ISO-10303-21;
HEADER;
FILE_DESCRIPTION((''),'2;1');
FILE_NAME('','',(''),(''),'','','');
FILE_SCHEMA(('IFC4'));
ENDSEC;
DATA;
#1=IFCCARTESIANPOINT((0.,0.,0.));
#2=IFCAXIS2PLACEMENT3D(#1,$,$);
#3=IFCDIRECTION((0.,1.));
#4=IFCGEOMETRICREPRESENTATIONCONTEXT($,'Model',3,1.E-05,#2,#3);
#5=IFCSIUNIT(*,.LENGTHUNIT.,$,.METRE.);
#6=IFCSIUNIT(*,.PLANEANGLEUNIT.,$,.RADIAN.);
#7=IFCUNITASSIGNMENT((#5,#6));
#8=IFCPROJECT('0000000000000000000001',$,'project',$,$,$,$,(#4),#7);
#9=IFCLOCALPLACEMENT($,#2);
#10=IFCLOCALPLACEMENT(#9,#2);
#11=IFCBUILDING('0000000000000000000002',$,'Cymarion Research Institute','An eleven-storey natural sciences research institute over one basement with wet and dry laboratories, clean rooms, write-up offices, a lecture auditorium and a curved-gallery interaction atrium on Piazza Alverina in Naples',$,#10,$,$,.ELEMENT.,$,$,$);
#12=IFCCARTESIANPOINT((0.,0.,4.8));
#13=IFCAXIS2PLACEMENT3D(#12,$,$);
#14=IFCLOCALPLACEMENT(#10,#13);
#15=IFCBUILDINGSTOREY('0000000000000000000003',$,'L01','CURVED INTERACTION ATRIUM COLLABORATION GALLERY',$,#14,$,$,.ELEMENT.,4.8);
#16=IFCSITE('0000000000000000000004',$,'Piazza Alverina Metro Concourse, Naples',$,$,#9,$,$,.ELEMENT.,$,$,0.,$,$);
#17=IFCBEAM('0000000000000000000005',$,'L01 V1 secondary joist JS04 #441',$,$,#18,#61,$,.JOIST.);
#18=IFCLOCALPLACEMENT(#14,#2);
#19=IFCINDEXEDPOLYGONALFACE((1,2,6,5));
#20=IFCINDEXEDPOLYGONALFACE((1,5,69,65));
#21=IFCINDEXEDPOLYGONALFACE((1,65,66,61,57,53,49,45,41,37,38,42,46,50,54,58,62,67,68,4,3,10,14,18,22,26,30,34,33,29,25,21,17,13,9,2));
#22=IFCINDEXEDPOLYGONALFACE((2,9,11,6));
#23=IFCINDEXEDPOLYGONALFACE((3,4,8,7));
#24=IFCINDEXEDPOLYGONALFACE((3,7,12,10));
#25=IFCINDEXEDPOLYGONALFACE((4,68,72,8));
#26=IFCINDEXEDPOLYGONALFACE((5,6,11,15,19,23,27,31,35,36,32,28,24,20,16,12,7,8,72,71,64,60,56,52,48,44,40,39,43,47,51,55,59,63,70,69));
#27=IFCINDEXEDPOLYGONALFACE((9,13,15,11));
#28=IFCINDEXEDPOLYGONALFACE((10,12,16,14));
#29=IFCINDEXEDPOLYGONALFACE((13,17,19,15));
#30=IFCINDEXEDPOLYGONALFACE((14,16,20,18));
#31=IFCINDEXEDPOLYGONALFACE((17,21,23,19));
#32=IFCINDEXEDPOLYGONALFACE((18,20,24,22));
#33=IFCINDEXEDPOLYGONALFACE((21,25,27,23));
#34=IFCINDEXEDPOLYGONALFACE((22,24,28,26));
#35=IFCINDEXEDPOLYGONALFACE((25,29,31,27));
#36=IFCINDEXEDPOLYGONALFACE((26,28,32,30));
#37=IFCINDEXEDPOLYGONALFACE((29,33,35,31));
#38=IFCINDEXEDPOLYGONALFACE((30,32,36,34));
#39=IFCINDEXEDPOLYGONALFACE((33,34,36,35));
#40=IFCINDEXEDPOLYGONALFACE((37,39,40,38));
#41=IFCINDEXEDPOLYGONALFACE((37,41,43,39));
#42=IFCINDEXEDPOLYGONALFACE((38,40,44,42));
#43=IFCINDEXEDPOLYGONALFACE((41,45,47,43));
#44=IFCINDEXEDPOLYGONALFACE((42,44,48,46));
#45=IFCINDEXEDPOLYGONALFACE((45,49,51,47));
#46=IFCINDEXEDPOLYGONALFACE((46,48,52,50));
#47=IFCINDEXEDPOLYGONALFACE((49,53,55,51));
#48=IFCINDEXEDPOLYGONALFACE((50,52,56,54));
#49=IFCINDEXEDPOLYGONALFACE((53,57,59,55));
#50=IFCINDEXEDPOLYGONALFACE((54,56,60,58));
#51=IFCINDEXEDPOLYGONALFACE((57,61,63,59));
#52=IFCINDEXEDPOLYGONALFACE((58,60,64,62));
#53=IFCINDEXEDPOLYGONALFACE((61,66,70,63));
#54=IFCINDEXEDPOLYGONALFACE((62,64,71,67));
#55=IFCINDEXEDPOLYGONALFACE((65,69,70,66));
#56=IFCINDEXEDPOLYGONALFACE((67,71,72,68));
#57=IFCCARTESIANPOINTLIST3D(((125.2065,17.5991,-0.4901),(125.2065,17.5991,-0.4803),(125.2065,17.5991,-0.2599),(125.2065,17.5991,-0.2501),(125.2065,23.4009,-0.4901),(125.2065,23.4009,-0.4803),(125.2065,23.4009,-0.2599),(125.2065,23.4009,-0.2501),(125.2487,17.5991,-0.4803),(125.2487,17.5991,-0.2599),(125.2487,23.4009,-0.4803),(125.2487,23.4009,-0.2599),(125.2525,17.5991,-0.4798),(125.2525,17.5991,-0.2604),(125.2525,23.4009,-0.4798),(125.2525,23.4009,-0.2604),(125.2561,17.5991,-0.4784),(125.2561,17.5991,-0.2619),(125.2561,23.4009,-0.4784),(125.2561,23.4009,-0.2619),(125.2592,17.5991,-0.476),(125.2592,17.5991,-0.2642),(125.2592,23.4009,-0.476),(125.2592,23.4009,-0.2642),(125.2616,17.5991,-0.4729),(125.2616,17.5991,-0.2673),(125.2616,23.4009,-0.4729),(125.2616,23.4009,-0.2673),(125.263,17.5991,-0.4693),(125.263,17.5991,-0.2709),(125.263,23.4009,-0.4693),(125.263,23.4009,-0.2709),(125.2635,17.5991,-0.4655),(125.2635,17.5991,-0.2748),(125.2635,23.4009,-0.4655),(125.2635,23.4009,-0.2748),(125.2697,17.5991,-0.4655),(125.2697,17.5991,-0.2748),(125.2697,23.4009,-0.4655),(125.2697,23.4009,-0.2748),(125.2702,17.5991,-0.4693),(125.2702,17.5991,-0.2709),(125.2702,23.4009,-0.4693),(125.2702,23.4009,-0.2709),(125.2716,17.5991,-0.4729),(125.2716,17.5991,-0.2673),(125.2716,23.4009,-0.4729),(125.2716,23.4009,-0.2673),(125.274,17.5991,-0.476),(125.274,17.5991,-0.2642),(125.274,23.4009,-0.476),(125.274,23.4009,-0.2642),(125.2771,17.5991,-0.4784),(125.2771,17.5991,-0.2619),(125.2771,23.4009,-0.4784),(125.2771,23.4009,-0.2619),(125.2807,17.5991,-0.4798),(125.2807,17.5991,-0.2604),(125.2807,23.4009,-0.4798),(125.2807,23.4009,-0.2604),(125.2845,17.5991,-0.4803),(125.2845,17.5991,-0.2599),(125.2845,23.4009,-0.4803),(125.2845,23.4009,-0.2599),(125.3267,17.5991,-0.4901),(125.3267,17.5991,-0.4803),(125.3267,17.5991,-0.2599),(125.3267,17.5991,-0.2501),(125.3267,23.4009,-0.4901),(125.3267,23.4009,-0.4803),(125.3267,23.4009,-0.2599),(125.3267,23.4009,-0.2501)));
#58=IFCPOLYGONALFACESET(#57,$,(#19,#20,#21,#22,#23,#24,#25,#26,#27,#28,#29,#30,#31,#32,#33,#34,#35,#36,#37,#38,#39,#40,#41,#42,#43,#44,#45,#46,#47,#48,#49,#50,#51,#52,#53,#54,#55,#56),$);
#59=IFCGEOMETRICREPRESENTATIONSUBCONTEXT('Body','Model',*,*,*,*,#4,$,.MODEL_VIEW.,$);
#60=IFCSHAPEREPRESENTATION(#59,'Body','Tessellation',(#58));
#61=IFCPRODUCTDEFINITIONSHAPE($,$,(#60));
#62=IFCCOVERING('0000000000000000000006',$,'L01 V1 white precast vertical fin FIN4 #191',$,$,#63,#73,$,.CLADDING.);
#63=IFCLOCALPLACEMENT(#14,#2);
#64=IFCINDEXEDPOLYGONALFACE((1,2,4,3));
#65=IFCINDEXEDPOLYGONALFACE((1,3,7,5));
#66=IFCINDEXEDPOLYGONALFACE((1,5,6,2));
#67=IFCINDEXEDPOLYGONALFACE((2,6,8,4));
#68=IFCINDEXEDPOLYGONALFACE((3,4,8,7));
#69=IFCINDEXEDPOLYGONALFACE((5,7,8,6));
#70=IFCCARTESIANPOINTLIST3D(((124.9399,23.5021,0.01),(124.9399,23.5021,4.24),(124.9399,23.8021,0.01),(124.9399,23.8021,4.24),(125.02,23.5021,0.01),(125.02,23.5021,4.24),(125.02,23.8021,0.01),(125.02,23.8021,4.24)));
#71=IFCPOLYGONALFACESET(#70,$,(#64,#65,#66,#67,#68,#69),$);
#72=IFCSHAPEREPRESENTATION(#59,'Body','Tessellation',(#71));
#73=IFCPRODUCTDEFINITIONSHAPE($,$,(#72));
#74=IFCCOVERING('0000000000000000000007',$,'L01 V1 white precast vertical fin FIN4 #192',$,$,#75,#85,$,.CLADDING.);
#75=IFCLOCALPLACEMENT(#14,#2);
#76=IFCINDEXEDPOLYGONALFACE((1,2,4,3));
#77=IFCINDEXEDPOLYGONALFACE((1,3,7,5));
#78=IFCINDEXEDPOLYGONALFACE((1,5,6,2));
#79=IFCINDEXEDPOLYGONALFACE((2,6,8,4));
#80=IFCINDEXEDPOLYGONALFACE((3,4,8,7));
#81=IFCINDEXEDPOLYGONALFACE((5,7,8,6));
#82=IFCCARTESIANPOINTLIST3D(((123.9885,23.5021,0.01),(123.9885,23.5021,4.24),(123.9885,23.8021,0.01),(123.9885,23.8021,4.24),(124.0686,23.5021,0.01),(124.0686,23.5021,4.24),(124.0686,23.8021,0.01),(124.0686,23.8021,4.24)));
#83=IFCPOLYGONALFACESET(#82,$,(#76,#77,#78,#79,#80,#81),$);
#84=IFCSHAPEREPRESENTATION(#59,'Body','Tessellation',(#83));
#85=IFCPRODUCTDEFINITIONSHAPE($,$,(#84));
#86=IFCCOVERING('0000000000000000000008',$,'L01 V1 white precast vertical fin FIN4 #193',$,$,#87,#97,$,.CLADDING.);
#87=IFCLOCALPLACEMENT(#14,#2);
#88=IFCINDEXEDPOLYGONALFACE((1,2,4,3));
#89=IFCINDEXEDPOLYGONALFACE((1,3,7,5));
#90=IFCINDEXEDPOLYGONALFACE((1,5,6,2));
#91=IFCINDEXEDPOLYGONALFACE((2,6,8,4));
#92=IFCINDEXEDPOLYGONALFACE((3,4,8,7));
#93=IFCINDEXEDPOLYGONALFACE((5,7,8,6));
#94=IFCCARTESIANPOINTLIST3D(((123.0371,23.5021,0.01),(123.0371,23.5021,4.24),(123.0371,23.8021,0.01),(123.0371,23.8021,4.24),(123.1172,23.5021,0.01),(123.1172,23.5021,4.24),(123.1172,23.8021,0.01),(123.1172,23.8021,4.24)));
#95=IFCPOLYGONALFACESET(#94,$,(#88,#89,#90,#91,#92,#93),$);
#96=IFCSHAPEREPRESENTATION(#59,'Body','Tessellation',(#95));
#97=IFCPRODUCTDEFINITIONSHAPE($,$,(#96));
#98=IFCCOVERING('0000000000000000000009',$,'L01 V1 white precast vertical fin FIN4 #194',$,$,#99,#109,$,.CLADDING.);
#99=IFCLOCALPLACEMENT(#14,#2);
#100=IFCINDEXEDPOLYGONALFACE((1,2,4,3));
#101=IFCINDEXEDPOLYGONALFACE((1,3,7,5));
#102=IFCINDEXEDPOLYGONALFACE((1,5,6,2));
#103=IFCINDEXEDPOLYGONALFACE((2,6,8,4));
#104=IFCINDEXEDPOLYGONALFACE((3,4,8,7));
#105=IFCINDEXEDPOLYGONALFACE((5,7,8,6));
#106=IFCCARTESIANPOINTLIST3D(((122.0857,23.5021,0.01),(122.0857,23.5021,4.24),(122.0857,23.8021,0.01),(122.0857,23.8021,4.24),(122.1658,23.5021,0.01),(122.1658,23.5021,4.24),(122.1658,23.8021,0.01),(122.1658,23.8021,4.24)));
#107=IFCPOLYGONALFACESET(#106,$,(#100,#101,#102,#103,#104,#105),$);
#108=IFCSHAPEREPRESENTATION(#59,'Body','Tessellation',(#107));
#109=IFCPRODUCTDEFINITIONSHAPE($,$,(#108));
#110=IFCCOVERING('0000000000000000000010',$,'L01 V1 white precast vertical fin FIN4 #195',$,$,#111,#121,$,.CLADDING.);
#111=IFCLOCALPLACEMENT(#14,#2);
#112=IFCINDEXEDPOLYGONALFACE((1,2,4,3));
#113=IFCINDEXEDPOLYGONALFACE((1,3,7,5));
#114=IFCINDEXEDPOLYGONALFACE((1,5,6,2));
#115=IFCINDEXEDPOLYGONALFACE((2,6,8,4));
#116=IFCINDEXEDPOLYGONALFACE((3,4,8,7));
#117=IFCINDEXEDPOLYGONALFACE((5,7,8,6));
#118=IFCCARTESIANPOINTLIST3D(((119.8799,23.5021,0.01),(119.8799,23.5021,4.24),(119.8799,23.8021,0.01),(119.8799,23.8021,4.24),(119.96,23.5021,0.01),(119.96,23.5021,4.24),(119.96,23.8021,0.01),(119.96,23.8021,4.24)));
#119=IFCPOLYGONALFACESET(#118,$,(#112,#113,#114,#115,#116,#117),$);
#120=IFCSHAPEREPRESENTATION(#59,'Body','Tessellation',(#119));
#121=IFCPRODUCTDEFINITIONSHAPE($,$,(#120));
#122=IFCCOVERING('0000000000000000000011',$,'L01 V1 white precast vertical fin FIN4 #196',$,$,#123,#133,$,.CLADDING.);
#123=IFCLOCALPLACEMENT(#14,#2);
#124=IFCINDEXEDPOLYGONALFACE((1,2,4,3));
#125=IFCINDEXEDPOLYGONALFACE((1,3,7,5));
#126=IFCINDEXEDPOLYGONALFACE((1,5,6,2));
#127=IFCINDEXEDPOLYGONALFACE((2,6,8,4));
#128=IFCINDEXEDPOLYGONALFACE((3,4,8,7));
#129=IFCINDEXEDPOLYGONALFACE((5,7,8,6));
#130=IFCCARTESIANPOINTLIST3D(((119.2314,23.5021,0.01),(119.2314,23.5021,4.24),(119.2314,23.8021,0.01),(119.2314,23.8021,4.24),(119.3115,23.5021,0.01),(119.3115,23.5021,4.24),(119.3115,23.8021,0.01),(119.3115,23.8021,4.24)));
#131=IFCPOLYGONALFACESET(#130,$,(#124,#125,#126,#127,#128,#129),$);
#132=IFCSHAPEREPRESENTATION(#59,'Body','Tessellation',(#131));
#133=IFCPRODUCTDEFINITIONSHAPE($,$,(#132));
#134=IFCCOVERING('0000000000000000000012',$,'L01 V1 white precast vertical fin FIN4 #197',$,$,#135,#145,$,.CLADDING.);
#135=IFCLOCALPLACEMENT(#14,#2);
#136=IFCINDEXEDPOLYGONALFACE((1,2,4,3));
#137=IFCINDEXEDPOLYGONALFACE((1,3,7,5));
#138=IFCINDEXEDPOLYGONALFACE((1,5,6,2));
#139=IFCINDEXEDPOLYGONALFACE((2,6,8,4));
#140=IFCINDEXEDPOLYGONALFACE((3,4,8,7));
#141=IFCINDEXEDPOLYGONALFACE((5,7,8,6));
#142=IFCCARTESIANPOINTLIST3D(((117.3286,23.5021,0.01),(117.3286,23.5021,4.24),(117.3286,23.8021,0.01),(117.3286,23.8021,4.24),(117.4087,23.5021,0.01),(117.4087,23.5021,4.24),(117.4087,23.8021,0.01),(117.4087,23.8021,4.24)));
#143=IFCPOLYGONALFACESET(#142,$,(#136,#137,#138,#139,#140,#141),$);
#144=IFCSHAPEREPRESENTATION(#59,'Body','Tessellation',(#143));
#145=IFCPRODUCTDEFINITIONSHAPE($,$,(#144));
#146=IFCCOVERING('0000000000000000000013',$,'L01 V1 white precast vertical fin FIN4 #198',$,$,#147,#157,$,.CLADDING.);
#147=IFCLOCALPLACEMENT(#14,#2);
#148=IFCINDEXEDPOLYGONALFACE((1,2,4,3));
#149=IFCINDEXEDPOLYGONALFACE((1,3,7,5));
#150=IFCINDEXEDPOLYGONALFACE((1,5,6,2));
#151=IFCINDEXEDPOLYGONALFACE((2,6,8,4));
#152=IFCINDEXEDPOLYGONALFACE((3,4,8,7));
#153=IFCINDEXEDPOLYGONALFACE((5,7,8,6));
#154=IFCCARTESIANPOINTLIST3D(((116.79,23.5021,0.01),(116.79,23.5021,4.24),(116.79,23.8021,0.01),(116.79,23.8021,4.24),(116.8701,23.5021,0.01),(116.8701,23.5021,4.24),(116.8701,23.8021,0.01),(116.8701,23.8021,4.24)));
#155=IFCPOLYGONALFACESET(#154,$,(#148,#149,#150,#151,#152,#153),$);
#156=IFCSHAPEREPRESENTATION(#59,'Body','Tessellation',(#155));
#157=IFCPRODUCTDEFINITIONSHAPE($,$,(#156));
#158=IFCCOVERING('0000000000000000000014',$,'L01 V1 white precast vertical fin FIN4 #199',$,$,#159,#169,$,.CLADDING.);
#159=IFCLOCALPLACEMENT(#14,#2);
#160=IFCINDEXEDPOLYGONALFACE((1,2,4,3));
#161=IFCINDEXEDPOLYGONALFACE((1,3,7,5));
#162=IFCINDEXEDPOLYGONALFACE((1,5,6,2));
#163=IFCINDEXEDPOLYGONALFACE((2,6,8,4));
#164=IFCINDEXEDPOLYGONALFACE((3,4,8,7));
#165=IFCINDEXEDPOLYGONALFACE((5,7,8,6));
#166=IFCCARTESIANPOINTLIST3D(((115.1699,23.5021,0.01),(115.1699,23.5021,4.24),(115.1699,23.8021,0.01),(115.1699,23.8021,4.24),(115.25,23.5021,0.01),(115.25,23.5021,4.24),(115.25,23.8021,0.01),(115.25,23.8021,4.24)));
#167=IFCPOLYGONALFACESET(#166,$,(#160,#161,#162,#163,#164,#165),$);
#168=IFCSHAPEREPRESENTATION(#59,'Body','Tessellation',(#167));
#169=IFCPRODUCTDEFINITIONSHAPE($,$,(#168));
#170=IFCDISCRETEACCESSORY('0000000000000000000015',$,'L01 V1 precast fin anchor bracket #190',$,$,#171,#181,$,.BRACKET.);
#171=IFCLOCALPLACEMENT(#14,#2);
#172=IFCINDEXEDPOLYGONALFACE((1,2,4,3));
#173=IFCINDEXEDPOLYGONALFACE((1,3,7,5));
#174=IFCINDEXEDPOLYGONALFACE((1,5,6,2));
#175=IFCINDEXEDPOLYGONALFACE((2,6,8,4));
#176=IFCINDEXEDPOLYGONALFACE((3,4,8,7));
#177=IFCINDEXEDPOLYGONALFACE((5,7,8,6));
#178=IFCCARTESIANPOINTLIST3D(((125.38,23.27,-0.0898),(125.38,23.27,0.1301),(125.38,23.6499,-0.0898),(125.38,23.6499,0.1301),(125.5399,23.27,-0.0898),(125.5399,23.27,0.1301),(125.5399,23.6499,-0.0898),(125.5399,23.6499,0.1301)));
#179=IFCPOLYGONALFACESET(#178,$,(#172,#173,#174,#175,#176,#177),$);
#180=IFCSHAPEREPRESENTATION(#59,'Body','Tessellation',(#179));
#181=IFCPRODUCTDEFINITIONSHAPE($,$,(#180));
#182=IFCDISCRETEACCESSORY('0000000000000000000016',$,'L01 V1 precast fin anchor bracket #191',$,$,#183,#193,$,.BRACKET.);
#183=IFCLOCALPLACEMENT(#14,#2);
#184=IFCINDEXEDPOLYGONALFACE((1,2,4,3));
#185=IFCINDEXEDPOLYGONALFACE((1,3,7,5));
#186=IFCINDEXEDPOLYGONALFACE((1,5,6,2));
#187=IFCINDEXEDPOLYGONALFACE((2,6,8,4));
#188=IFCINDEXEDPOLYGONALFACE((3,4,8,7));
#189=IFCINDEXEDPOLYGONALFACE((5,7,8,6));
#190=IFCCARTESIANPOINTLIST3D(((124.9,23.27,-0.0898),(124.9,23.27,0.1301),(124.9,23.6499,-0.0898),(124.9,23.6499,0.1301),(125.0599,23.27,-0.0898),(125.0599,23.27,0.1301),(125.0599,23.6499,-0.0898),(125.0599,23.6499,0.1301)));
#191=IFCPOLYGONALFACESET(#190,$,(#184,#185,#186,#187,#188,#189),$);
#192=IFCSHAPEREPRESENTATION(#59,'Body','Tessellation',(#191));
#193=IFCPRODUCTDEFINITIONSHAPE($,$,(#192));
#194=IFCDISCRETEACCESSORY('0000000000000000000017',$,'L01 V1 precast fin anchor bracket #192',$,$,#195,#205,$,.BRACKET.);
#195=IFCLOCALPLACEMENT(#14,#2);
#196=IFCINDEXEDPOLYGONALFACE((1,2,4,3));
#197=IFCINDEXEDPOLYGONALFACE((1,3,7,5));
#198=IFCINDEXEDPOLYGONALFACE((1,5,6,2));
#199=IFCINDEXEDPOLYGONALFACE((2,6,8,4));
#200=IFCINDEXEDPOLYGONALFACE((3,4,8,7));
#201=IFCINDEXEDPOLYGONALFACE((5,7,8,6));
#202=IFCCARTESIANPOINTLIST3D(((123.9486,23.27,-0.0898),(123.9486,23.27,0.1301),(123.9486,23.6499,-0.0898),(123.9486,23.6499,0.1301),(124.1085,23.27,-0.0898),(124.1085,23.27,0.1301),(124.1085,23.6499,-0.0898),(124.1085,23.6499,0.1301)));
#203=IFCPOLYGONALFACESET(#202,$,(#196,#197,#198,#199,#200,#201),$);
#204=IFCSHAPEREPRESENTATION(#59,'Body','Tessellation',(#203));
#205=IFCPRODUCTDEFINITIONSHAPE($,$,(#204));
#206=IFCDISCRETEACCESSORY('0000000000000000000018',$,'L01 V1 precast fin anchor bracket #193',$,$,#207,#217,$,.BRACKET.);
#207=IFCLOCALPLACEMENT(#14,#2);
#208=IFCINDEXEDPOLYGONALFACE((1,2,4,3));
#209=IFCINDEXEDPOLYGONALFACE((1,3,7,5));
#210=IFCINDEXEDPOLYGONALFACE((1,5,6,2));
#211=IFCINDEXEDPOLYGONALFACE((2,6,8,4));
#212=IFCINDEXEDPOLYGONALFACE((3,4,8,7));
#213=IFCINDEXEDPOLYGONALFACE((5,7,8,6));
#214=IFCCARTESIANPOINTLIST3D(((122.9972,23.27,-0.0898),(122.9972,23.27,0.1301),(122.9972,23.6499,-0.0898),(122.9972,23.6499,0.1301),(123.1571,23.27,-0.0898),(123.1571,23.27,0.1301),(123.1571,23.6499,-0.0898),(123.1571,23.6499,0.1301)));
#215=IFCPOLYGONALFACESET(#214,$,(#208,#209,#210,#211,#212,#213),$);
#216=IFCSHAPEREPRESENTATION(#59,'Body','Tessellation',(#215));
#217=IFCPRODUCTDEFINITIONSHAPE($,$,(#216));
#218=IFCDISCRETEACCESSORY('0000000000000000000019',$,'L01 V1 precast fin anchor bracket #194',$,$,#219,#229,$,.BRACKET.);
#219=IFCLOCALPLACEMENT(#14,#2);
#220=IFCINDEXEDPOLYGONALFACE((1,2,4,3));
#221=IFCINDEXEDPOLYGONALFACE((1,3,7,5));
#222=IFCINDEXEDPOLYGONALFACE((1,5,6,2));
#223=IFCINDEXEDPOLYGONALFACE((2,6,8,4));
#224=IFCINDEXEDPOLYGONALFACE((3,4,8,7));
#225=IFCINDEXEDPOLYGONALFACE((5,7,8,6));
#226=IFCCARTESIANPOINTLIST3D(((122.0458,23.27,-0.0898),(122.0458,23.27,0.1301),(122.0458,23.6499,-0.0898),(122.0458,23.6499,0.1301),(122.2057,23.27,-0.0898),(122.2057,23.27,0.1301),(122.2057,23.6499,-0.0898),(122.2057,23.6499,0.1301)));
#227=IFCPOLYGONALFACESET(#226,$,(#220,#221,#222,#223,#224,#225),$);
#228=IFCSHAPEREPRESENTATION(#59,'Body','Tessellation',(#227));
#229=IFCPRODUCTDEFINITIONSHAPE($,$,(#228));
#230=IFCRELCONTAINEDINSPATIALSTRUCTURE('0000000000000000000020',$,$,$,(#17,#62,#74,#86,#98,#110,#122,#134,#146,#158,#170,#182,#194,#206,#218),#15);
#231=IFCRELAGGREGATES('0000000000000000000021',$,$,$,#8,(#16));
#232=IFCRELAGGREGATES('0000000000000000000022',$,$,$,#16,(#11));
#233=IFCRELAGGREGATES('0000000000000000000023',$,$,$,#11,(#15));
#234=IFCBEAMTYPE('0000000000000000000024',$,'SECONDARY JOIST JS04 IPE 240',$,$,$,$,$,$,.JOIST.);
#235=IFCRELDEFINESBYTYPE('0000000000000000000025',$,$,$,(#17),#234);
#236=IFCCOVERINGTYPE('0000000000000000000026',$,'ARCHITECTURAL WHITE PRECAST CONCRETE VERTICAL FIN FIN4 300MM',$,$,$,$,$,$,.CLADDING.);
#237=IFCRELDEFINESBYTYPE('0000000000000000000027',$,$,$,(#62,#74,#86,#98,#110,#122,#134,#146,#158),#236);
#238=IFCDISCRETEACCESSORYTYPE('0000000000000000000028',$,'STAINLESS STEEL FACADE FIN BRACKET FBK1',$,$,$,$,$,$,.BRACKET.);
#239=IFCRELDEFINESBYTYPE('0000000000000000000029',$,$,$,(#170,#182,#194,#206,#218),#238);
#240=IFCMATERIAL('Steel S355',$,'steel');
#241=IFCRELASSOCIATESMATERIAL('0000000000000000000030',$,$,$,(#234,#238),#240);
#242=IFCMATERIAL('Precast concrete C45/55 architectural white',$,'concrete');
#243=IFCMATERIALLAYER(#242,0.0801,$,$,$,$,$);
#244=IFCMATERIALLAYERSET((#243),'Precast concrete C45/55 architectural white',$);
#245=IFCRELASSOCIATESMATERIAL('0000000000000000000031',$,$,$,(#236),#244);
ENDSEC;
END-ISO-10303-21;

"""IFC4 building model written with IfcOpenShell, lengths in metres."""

from ifc_helpers import new_model, si_unit, direction, frame, origin, origin_2d, place, context, subcontext, project, spatial, rectangle, i_section, extrude, material, layer, layer_set, material_profile, profile_set, type_object, element, save


model = new_model("IFC4")

# Units and contexts
model_context = context("Model", 3, precision=1e-05, world=origin(), true_north=direction((0.0, 1.0)))
body_context = subcontext(model_context, "Body", "Model", "MODEL_VIEW")
ifc_project = project(units=[si_unit("LENGTHUNIT", "METRE"), si_unit("PLANEANGLEUNIT", "RADIAN")], contexts=[model_context])

# Site, building, storey
site_placement = place(None, origin())
site = spatial("IfcSite", under=ifc_project, at=site_placement, Name="Piazza Alverina Metro Concourse, Naples", CompositionType="ELEMENT", RefElevation=0.0)
building_placement = place(site_placement, origin())
building = spatial("IfcBuilding", under=site, at=building_placement, Name="Cymarion Research Institute", Description="An eleven-storey natural sciences research institute over one basement with wet and dry laboratories, clean rooms, write-up offices, a lecture auditorium and a curved-gallery interaction atrium on Piazza Alverina in Naples", CompositionType="ELEMENT")
storey_placement = place(building_placement, frame((0.0, 0.0, 4.8)))
storey = spatial("IfcBuildingStorey", under=building, at=storey_placement, Name="L01", Description="CURVED INTERACTION ATRIUM COLLABORATION GALLERY", CompositionType="ELEMENT", Elevation=4.8)

# Shared definitions
ifc_material_1 = material(Name="Steel S355", Category="steel")

# Beam
ifc_material_profile_1 = material_profile(ifc_material_1, i_section(OverallWidth=0.1201, OverallDepth=0.24, WebThickness=0.0061, FlangeThickness=0.0098, FilletRadius=0.0149, at=origin_2d()), Name="IPE 240")
ifc_profile_set_1 = profile_set([ifc_material_profile_1], Name="Steel S355")
beam_type_1 = type_object("IfcBeamType", Name="SECONDARY JOIST JS04 IPE 240", PredefinedType="JOIST", material=ifc_profile_set_1)
for number, where, z_axis, x_axis, name in (
    (1, (125.2666, 17.5991, -0.3701), (0.0, 1.0, 0.0), (-1.0, 0.0, 0.0), "L01 V1 secondary joist JS04 #441"),
):
    element("IfcBeam", number, at=place(storey_placement, frame(where, z_axis=z_axis, x_axis=x_axis)), inside=storey, type_object=beam_type_1, Name=name, PredefinedType="JOIST", context=body_context, shape_type="SweptSolid", body=[
        extrude(i_section(OverallWidth=0.1201, OverallDepth=0.24, WebThickness=0.0061, FlangeThickness=0.0098, FilletRadius=0.0149, at=origin_2d()), origin(), (0.0, 0.0, 1.0), 5.8018),
    ])

# Coverings
ifc_material_2 = material(Name="Precast concrete C45/55 architectural white", Category="concrete")
ifc_layer = layer(ifc_material_2, 0.0801)
ifc_layer_set = layer_set([ifc_layer], Name="Precast concrete C45/55 architectural white")
covering_type = type_object("IfcCoveringType", Name="ARCHITECTURAL WHITE PRECAST CONCRETE VERTICAL FIN FIN4 300MM", PredefinedType="CLADDING", material=ifc_layer_set)
for number, where, z_axis, x_axis, name in (
    (2, (124.98, 23.6521, 0.01), (0.0, 0.0, 1.0), (0.0, 1.0, 0.0), "L01 V1 white precast vertical fin FIN4 #191"),
    (3, (124.0286, 23.6521, 0.01), (0.0, 0.0, 1.0), (0.0, 1.0, 0.0), "L01 V1 white precast vertical fin FIN4 #192"),
    (4, (123.0771, 23.6521, 0.01), (0.0, 0.0, 1.0), (0.0, 1.0, 0.0), "L01 V1 white precast vertical fin FIN4 #193"),
    (5, (122.1257, 23.6521, 0.01), (0.0, 0.0, 1.0), (0.0, 1.0, 0.0), "L01 V1 white precast vertical fin FIN4 #194"),
    (6, (119.9199, 23.6521, 0.01), (0.0, 0.0, 1.0), (0.0, 1.0, 0.0), "L01 V1 white precast vertical fin FIN4 #195"),
    (7, (119.2715, 23.6521, 0.01), (0.0, 0.0, 1.0), (0.0, 1.0, 0.0), "L01 V1 white precast vertical fin FIN4 #196"),
    (8, (117.3687, 23.6521, 0.01), (0.0, 0.0, 1.0), (0.0, 1.0, 0.0), "L01 V1 white precast vertical fin FIN4 #197"),
    (9, (116.8301, 23.6521, 0.01), (0.0, 0.0, 1.0), (0.0, 1.0, 0.0), "L01 V1 white precast vertical fin FIN4 #198"),
    (10, (115.21, 23.6521, 0.01), (0.0, 0.0, 1.0), (0.0, 1.0, 0.0), "L01 V1 white precast vertical fin FIN4 #199"),
):
    element("IfcCovering", number, at=place(storey_placement, frame(where, z_axis=z_axis, x_axis=x_axis)), inside=storey, type_object=covering_type, Name=name, PredefinedType="CLADDING", context=body_context, shape_type="SweptSolid", body=[
        extrude(rectangle(XDim=0.3, YDim=0.0801, at=origin_2d()), origin(), (0.0, 0.0, 1.0), 4.23),
    ])

# Discrete accessories
discrete_accessory_type = type_object("IfcDiscreteAccessoryType", Name="STAINLESS STEEL FACADE FIN BRACKET FBK1", PredefinedType="BRACKET", material=ifc_material_1)
for number, where, z_axis, x_axis, name in (
    (11, (125.46, 23.46, -0.0898), (0.0, 0.0, 1.0), (0.0, 1.0, 0.0), "L01 V1 precast fin anchor bracket #190"),
    (12, (124.98, 23.46, -0.0898), (0.0, 0.0, 1.0), (0.0, 1.0, 0.0), "L01 V1 precast fin anchor bracket #191"),
    (13, (124.0286, 23.46, -0.0898), (0.0, 0.0, 1.0), (0.0, 1.0, 0.0), "L01 V1 precast fin anchor bracket #192"),
    (14, (123.0771, 23.46, -0.0898), (0.0, 0.0, 1.0), (0.0, 1.0, 0.0), "L01 V1 precast fin anchor bracket #193"),
    (15, (122.1257, 23.46, -0.0898), (0.0, 0.0, 1.0), (0.0, 1.0, 0.0), "L01 V1 precast fin anchor bracket #194"),
):
    element("IfcDiscreteAccessory", number, at=place(storey_placement, frame(where, z_axis=z_axis, x_axis=x_axis)), inside=storey, type_object=discrete_accessory_type, Name=name, PredefinedType="BRACKET", context=body_context, shape_type="SweptSolid", body=[
        extrude(rectangle(XDim=0.3799, YDim=0.1599, at=origin_2d()), origin(), (0.0, 0.0, 1.0), 0.22),
    ])

save(model, "model.ifc")
